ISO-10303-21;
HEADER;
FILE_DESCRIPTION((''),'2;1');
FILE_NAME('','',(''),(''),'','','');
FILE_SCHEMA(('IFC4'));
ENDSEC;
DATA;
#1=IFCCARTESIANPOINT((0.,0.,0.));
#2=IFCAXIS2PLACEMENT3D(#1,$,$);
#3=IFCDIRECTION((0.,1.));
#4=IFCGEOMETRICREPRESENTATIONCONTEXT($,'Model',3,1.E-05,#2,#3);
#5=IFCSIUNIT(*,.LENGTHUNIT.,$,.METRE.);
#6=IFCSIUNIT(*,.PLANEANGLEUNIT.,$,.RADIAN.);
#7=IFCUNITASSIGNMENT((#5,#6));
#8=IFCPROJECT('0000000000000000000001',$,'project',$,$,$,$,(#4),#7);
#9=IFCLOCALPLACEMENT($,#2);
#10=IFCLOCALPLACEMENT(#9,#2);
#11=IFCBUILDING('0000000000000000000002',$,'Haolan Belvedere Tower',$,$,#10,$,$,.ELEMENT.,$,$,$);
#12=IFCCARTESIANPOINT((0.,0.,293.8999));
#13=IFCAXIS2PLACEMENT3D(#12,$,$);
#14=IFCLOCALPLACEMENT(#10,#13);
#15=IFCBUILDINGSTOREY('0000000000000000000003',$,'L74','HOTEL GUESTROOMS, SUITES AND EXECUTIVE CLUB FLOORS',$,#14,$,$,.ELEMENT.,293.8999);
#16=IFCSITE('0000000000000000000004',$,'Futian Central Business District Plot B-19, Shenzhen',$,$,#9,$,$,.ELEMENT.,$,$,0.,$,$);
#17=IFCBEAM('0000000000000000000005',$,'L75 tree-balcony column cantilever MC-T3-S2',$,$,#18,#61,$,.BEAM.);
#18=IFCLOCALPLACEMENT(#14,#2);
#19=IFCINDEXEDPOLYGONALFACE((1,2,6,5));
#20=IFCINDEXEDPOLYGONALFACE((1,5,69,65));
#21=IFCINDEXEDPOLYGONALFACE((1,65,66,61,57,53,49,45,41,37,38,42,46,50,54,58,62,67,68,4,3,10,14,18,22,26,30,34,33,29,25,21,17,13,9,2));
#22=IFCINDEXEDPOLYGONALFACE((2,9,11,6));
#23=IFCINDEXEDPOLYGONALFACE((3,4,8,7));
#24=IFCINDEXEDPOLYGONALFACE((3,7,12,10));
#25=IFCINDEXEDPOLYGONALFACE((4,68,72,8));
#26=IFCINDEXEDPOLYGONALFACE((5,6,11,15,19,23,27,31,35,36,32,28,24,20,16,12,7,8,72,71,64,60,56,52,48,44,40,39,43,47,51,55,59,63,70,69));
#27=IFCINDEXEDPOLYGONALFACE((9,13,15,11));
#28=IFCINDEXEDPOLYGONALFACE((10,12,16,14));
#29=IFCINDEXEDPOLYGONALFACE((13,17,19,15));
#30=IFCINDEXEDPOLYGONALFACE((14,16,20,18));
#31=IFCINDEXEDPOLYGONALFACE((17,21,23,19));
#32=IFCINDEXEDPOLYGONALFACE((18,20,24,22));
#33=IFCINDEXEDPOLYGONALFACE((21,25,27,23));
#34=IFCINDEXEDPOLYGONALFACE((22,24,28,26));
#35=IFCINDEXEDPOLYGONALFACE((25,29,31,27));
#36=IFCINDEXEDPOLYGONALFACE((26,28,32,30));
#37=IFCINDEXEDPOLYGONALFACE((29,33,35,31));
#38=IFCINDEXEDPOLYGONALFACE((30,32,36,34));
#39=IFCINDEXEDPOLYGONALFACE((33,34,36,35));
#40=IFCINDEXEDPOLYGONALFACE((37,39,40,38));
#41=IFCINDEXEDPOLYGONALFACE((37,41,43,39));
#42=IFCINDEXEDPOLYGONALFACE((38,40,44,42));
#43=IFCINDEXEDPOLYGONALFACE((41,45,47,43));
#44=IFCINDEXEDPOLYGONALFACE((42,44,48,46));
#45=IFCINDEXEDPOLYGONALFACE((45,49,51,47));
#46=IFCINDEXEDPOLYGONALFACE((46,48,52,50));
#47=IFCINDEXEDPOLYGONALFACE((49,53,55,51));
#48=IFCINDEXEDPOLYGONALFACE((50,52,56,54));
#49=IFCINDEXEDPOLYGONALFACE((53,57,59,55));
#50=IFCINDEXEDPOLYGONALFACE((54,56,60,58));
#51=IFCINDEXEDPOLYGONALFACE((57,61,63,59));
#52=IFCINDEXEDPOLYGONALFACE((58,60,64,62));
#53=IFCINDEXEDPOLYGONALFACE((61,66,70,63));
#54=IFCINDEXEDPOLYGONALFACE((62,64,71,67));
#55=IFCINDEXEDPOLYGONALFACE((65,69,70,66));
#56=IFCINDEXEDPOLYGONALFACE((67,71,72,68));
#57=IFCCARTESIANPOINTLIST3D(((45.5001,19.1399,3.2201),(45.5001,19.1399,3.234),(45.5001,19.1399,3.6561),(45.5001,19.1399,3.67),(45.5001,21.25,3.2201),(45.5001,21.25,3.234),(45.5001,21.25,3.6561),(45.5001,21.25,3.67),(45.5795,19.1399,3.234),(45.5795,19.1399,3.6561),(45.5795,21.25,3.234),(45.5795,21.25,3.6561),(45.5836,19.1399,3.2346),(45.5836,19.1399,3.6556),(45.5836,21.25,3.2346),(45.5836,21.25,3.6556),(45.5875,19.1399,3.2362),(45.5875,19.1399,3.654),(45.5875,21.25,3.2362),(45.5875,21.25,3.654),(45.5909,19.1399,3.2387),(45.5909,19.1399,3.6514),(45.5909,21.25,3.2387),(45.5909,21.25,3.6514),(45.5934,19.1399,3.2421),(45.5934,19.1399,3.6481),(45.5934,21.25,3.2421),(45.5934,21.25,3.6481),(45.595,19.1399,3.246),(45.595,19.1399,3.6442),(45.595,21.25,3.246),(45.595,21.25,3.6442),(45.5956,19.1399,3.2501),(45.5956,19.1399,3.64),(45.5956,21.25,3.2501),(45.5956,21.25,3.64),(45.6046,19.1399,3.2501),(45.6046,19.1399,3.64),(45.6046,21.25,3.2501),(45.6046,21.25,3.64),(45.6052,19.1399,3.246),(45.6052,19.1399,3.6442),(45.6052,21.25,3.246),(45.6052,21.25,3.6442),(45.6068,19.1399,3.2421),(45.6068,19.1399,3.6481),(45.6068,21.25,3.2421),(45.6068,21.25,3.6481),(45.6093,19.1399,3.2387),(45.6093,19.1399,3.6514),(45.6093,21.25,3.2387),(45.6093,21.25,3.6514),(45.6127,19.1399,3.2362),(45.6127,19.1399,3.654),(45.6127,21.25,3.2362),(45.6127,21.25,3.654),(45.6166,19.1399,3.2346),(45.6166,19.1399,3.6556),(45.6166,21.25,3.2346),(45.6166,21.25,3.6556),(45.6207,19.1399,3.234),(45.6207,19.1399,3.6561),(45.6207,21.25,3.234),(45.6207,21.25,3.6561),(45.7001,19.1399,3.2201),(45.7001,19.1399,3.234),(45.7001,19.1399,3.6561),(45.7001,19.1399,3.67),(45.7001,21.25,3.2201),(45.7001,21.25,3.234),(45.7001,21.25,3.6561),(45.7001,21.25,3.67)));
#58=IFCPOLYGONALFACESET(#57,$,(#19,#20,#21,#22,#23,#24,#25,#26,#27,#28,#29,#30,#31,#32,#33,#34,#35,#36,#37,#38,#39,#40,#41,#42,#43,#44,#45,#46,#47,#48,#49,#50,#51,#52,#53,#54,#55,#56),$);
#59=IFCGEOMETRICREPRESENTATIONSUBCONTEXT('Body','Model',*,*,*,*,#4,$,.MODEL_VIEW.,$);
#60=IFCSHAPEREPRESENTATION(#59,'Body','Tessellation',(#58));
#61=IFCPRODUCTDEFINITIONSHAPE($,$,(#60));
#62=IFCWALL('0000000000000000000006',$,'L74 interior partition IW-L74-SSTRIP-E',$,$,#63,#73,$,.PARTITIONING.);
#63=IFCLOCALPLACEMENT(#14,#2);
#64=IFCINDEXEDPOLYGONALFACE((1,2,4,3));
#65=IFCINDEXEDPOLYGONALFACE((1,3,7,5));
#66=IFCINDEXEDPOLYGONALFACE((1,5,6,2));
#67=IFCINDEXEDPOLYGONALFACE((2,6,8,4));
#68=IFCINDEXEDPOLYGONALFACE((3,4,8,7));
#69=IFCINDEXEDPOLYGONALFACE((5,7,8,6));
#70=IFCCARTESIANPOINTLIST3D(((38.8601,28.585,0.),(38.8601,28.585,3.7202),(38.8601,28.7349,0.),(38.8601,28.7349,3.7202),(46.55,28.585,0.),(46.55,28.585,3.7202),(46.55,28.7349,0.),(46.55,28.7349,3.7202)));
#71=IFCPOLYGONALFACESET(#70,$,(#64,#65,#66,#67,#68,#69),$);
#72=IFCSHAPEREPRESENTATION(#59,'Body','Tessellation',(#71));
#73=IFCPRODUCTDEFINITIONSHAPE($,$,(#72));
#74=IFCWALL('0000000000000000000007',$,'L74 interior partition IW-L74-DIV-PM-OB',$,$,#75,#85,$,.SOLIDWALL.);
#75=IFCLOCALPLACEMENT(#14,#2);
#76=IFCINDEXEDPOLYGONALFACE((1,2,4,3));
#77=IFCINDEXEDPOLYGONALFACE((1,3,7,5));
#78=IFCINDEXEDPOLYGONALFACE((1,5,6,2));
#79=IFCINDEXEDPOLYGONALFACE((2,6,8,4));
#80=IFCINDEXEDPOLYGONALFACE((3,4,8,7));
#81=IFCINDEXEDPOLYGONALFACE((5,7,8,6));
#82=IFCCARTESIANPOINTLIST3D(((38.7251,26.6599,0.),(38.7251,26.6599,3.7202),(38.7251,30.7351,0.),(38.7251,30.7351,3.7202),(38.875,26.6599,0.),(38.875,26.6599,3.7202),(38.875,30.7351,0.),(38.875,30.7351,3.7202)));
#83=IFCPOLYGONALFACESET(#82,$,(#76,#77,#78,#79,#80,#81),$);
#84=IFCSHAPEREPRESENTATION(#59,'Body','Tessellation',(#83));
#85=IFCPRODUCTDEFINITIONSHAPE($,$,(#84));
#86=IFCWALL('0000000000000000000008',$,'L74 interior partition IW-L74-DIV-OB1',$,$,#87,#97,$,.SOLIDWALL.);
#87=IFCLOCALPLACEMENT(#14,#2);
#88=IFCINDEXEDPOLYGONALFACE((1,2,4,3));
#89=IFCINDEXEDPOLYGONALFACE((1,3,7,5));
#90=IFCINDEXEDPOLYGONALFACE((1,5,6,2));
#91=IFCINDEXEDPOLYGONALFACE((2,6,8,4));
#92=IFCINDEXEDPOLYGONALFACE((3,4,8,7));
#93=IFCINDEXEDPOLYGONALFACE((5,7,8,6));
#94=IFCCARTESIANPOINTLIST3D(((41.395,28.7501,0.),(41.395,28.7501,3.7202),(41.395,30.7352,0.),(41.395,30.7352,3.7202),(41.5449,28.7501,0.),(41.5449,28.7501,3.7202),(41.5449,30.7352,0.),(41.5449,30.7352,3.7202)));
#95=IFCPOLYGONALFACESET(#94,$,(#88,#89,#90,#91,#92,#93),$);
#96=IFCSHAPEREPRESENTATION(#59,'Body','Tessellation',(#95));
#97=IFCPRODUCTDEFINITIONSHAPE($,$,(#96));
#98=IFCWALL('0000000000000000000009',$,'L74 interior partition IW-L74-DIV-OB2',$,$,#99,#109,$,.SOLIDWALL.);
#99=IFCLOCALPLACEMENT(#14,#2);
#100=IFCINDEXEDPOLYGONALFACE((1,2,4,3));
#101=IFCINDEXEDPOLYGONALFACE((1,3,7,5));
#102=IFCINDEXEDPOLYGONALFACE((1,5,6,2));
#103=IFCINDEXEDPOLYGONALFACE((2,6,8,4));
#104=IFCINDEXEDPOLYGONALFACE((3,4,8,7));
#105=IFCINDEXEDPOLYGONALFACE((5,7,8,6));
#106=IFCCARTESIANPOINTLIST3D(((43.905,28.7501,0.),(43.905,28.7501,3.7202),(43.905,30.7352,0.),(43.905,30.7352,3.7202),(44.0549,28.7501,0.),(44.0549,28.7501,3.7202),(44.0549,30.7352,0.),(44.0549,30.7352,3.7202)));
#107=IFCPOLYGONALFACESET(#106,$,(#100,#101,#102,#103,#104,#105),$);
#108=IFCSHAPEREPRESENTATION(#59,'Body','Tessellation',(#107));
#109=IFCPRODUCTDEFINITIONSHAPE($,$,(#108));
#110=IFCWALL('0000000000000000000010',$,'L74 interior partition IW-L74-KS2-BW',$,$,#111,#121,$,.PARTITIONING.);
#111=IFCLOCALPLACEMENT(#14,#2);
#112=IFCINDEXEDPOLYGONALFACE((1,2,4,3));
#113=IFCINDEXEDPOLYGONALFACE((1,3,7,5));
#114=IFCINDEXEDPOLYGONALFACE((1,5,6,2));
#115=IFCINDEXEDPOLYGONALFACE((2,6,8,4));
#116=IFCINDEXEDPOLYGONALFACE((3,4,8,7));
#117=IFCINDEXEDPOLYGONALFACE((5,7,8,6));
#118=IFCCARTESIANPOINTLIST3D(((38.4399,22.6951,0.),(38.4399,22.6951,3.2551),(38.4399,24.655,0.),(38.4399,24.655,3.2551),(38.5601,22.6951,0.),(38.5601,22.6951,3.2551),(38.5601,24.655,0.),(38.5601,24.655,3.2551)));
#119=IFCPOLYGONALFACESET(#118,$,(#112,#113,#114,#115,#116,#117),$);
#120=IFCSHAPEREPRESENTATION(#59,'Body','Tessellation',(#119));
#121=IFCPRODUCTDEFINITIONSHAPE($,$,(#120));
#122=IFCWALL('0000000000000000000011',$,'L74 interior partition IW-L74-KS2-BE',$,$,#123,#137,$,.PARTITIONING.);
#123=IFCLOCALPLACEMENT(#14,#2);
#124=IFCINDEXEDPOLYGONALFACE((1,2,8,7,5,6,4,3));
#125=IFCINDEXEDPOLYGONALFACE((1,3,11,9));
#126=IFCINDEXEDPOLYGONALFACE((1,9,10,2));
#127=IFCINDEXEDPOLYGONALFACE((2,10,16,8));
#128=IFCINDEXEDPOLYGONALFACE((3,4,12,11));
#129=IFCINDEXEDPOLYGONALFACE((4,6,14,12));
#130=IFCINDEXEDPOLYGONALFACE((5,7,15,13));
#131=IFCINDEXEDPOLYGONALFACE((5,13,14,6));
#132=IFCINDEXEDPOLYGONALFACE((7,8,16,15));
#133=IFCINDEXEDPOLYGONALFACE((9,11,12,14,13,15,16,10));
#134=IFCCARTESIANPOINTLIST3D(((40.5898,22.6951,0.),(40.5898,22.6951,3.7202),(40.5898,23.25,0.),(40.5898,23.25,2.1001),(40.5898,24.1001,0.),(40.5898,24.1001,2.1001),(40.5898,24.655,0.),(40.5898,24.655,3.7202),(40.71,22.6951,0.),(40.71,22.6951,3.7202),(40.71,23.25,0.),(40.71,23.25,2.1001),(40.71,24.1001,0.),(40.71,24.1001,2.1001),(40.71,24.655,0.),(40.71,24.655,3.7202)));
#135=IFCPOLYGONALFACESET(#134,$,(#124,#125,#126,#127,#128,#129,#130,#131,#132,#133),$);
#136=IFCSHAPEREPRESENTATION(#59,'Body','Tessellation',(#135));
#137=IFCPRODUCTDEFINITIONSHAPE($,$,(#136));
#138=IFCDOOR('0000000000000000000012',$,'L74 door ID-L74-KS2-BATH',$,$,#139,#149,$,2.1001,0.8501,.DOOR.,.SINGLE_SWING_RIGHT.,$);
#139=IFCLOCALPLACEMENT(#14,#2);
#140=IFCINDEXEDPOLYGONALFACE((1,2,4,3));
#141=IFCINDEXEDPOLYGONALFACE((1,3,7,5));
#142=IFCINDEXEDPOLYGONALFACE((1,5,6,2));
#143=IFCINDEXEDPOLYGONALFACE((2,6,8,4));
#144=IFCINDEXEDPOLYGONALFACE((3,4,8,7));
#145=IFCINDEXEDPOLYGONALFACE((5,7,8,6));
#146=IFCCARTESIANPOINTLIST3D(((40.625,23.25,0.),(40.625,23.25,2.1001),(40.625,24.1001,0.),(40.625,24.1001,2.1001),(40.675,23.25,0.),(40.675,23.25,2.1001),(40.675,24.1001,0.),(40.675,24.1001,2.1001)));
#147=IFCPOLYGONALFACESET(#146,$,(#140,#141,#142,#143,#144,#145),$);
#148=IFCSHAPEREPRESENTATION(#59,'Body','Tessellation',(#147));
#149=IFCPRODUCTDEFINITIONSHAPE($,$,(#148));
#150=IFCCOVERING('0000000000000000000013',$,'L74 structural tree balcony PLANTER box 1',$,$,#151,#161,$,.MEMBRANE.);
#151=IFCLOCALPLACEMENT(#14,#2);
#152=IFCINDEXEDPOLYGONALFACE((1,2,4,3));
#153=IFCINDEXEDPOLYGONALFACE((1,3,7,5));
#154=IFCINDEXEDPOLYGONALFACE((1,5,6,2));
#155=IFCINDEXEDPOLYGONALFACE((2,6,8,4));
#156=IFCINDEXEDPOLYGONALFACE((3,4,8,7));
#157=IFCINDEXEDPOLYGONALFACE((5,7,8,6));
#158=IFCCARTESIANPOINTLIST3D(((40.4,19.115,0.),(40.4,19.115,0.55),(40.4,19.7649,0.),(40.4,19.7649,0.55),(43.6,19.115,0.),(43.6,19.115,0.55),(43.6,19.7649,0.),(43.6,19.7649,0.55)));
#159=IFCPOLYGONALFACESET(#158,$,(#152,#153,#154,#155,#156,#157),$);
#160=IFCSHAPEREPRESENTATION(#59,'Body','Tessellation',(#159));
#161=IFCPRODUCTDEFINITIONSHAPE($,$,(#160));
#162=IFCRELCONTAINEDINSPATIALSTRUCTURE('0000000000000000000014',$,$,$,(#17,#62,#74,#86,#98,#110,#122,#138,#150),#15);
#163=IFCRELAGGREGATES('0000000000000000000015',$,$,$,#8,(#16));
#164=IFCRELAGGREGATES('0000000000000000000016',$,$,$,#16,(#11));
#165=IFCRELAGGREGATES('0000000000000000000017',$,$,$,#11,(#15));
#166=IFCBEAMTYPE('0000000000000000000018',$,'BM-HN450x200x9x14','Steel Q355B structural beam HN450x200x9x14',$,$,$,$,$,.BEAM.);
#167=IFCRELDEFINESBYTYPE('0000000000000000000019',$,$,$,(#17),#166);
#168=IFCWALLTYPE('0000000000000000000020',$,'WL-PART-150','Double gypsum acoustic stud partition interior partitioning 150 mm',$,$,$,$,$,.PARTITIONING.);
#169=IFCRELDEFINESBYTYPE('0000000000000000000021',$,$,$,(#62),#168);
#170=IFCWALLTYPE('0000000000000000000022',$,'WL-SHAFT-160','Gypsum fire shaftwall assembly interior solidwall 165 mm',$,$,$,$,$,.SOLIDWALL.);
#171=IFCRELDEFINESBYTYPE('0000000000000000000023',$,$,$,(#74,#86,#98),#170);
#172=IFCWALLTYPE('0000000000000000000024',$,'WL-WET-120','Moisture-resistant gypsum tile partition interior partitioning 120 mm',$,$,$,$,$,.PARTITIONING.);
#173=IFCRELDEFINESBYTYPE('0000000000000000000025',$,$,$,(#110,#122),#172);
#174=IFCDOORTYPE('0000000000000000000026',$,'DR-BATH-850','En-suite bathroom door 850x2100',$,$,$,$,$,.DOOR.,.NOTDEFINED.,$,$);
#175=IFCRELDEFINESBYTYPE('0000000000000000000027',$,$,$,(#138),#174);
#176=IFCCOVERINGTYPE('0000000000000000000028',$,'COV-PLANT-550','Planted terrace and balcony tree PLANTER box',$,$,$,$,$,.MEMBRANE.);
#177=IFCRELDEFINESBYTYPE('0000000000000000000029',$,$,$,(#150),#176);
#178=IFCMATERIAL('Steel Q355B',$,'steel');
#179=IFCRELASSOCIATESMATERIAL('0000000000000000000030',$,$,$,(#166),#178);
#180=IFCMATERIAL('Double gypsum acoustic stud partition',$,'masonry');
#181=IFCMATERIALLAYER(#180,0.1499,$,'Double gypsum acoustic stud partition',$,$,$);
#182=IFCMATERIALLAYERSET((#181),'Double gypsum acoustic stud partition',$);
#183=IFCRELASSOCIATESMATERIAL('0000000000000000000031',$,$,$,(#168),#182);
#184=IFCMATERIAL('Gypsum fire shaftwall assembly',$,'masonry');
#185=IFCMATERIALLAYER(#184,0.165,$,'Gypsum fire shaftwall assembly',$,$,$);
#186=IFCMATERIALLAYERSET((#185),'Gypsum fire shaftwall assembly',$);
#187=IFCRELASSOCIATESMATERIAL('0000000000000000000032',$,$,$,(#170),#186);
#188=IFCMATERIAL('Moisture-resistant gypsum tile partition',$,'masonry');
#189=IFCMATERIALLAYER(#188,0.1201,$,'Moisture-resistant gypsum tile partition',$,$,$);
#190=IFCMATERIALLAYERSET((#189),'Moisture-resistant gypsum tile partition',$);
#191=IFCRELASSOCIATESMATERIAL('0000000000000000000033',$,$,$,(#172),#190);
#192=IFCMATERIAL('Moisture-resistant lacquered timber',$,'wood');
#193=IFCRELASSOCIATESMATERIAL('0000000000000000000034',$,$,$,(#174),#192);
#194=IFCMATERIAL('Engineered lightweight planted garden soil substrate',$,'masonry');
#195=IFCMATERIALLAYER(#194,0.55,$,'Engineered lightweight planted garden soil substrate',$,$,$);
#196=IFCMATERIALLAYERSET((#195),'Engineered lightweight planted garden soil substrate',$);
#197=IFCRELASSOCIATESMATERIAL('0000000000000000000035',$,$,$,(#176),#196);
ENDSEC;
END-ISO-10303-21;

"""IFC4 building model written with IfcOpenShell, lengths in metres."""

from ifc_helpers import new_model, si_unit, direction, frame, frame_2d, origin, origin_2d, place, context, subcontext, project, spatial, rectangle, i_section, extrude, material, layer, layer_set, material_profile, profile_set, type_object, element, fill, save


model = new_model("IFC4")

# Units and contexts
model_context = context("Model", 3, precision=1e-05, world=origin(), true_north=direction((0.0, 1.0)))
body_context = subcontext(model_context, "Body", "Model", "MODEL_VIEW")
ifc_project = project(units=[si_unit("LENGTHUNIT", "METRE"), si_unit("PLANEANGLEUNIT", "RADIAN")], contexts=[model_context])

# Site, building, storey
site_placement = place(None, origin())
site = spatial("IfcSite", under=ifc_project, at=site_placement, Name="Futian Central Business District Plot B-19, Shenzhen", CompositionType="ELEMENT", RefElevation=0.0)
building_placement = place(site_placement, origin())
building = spatial("IfcBuilding", under=site, at=building_placement, Name="Haolan Belvedere Tower", CompositionType="ELEMENT")
storey_placement = place(building_placement, frame((0.0, 0.0, 293.8999)))
storey = spatial("IfcBuildingStorey", under=building, at=storey_placement, Name="L74", Description="HOTEL GUESTROOMS, SUITES AND EXECUTIVE CLUB FLOORS", CompositionType="ELEMENT", Elevation=293.8999)

# Beam
ifc_material_1 = material(Name="Steel Q355B", Category="steel")
ifc_material_profile_1 = material_profile(ifc_material_1, i_section(OverallWidth=0.2, OverallDepth=0.45, WebThickness=0.009, FlangeThickness=0.0139, FilletRadius=0.0161, at=origin_2d()), Name="Steel Q355B")
ifc_profile_set_1 = profile_set([ifc_material_profile_1], Name="Steel Q355B")
beam_type_1 = type_object("IfcBeamType", Name="BM-HN450x200x9x14", Description="Steel Q355B structural beam HN450x200x9x14", PredefinedType="BEAM", material=ifc_profile_set_1)
beam_1_placement = place(storey_placement, frame((45.6001, 21.25, 3.4451), z_axis=(0.0, -1.0, 0.0), x_axis=(1.0, 0.0, 0.0)))
element("IfcBeam", 1, at=beam_1_placement, inside=storey, type_object=beam_type_1, Name="L75 tree-balcony column cantilever MC-T3-S2", PredefinedType="BEAM", context=body_context, shape_type="SweptSolid", body=[
    extrude(i_section(OverallWidth=0.2, OverallDepth=0.45, WebThickness=0.009, FlangeThickness=0.0139, FilletRadius=0.0161, at=origin_2d()), origin(), (0.0, 0.0, 1.0), 2.1101),
])

# Walls
ifc_material_2 = material(Name="Double gypsum acoustic stud partition", Category="masonry")
ifc_layer_1 = layer(ifc_material_2, 0.1499, Name="Double gypsum acoustic stud partition")
ifc_layer_set_1 = layer_set([ifc_layer_1], Name="Double gypsum acoustic stud partition")
wall_type_1 = type_object("IfcWallType", Name="WL-PART-150", Description="Double gypsum acoustic stud partition interior partitioning 150 mm", PredefinedType="PARTITIONING", material=ifc_layer_set_1)
wall_1_placement = place(storey_placement, frame((38.8601, 28.6599, 0.0), z_axis=(0.0, 0.0, 1.0), x_axis=(1.0, 0.0, 0.0)))
element("IfcWall", 2, at=wall_1_placement, inside=storey, type_object=wall_type_1, Name="L74 interior partition IW-L74-SSTRIP-E", PredefinedType="PARTITIONING", context=body_context, shape_type="SweptSolid", body=[
    extrude(rectangle(XDim=7.6899, YDim=0.1499, at=frame_2d((3.845, 0.0))), origin(), (0.0, 0.0, 1.0), 3.7202),
])
ifc_material_3 = material(Name="Gypsum fire shaftwall assembly", Category="masonry")
ifc_layer_2 = layer(ifc_material_3, 0.165, Name="Gypsum fire shaftwall assembly")
ifc_layer_set_2 = layer_set([ifc_layer_2], Name="Gypsum fire shaftwall assembly")
wall_type_2 = type_object("IfcWallType", Name="WL-SHAFT-160", Description="Gypsum fire shaftwall assembly interior solidwall 165 mm", PredefinedType="SOLIDWALL", material=ifc_layer_set_2)
wall_2_placement = place(storey_placement, frame((38.8, 26.6599, 0.0), z_axis=(0.0, 0.0, 1.0), x_axis=(0.0, 1.0, 0.0)))
element("IfcWall", 3, at=wall_2_placement, inside=storey, type_object=wall_type_2, Name="L74 interior partition IW-L74-DIV-PM-OB", PredefinedType="SOLIDWALL", context=body_context, shape_type="SweptSolid", body=[
    extrude(rectangle(XDim=4.0752, YDim=0.1499, at=frame_2d((2.0376, 0.0))), origin(), (0.0, 0.0, 1.0), 3.7202),
])
for number, where, z_axis, x_axis, name in (
    (4, (41.47, 28.75, 0.0), (0.0, 0.0, 1.0), (0.0, 1.0, 0.0), "L74 interior partition IW-L74-DIV-OB1"),
    (5, (43.98, 28.75, 0.0), (0.0, 0.0, 1.0), (0.0, 1.0, 0.0), "L74 interior partition IW-L74-DIV-OB2"),
):
    element("IfcWall", number, at=place(storey_placement, frame(where, z_axis=z_axis, x_axis=x_axis)), inside=storey, type_object=wall_type_2, Name=name, PredefinedType="SOLIDWALL", context=body_context, shape_type="SweptSolid", body=[
        extrude(rectangle(XDim=1.9851, YDim=0.1499, at=frame_2d((0.9927, 0.0))), origin(), (0.0, 0.0, 1.0), 3.7202),
    ])
ifc_material_4 = material(Name="Moisture-resistant gypsum tile partition", Category="masonry")
ifc_layer_3 = layer(ifc_material_4, 0.1201, Name="Moisture-resistant gypsum tile partition")
ifc_layer_set_3 = layer_set([ifc_layer_3], Name="Moisture-resistant gypsum tile partition")
wall_type_3 = type_object("IfcWallType", Name="WL-WET-120", Description="Moisture-resistant gypsum tile partition interior partitioning 120 mm", PredefinedType="PARTITIONING", material=ifc_layer_set_3)
wall_3_placement = place(storey_placement, frame((38.5, 22.6951, 0.0), z_axis=(0.0, 0.0, 1.0), x_axis=(0.0, 1.0, 0.0)))
element("IfcWall", 6, at=wall_3_placement, inside=storey, type_object=wall_type_3, Name="L74 interior partition IW-L74-KS2-BW", PredefinedType="PARTITIONING", context=body_context, shape_type="SweptSolid", body=[
    extrude(rectangle(XDim=1.96, YDim=0.1201, at=frame_2d((0.98, 0.0))), origin(), (0.0, 0.0, 1.0), 3.2551),
])

# Wall, opening, door
wall_4_placement = place(storey_placement, frame((40.6499, 22.6951, 0.0), z_axis=(0.0, 0.0, 1.0), x_axis=(0.0, 1.0, 0.0)))
wall_4 = element("IfcWall", 7, at=wall_4_placement, inside=storey, type_object=wall_type_3, Name="L74 interior partition IW-L74-KS2-BE", PredefinedType="PARTITIONING", context=body_context, shape_type="SweptSolid", body=[
    extrude(rectangle(XDim=1.96, YDim=0.1201, at=frame_2d((0.98, 0.0))), origin(), (0.0, 0.0, 1.0), 3.7202),
])
opening_placement = place(wall_4_placement, frame((0.5549, 0.0, 0.0)))
opening = element("IfcOpeningElement", 8, at=opening_placement, cuts=wall_4, PredefinedType="OPENING", context=body_context, shape_type="SweptSolid", body=[
    extrude(rectangle(XDim=0.8501, YDim=2.1001, at=frame_2d((0.425, 1.05))), frame((0.0, 0.0701, 0.0), z_axis=(0.0, -1.0, 0.0), x_axis=(1.0, 0.0, 0.0)), (0.0, 0.0, 1.0), 0.1401),
])
ifc_material_5 = material(Name="Moisture-resistant lacquered timber", Category="wood")
door_type = type_object("IfcDoorType", Name="DR-BATH-850", Description="En-suite bathroom door 850x2100", OperationType="NOTDEFINED", PredefinedType="DOOR", material=ifc_material_5)
door_placement = place(opening_placement, origin())
door = element("IfcDoor", 9, at=door_placement, inside=storey, type_object=door_type, Name="L74 door ID-L74-KS2-BATH", OperationType="SINGLE_SWING_RIGHT", OverallHeight=2.1001, OverallWidth=0.8501, PredefinedType="DOOR", context=body_context, shape_type="SweptSolid", body=[
    extrude(rectangle(XDim=0.8501, YDim=2.1001, at=frame_2d((0.425, 1.05))), frame((0.0, 0.0249, 0.0), z_axis=(0.0, -1.0, 0.0), x_axis=(1.0, 0.0, 0.0)), (0.0, 0.0, 1.0), 0.05),
])
fill(opening, door)

# Covering
ifc_material_6 = material(Name="Engineered lightweight planted garden soil substrate", Category="masonry")
ifc_layer_4 = layer(ifc_material_6, 0.55, Name="Engineered lightweight planted garden soil substrate")
ifc_layer_set_4 = layer_set([ifc_layer_4], Name="Engineered lightweight planted garden soil substrate")
covering_type = type_object("IfcCoveringType", Name="COV-PLANT-550", Description="Planted terrace and balcony tree PLANTER box", PredefinedType="MEMBRANE", material=ifc_layer_set_4)
covering_placement = place(storey_placement, frame((42.0, 19.4399, 0.0), z_axis=(0.0, 0.0, 1.0), x_axis=(1.0, 0.0, 0.0)))
element("IfcCovering", 10, at=covering_placement, inside=storey, type_object=covering_type, Name="L74 structural tree balcony PLANTER box 1", PredefinedType="MEMBRANE", context=body_context, shape_type="SweptSolid", body=[
    extrude(rectangle(XDim=3.2, YDim=0.6499, at=origin_2d()), origin(), (0.0, 0.0, 1.0), 0.55),
])

save(model, "model.ifc")
